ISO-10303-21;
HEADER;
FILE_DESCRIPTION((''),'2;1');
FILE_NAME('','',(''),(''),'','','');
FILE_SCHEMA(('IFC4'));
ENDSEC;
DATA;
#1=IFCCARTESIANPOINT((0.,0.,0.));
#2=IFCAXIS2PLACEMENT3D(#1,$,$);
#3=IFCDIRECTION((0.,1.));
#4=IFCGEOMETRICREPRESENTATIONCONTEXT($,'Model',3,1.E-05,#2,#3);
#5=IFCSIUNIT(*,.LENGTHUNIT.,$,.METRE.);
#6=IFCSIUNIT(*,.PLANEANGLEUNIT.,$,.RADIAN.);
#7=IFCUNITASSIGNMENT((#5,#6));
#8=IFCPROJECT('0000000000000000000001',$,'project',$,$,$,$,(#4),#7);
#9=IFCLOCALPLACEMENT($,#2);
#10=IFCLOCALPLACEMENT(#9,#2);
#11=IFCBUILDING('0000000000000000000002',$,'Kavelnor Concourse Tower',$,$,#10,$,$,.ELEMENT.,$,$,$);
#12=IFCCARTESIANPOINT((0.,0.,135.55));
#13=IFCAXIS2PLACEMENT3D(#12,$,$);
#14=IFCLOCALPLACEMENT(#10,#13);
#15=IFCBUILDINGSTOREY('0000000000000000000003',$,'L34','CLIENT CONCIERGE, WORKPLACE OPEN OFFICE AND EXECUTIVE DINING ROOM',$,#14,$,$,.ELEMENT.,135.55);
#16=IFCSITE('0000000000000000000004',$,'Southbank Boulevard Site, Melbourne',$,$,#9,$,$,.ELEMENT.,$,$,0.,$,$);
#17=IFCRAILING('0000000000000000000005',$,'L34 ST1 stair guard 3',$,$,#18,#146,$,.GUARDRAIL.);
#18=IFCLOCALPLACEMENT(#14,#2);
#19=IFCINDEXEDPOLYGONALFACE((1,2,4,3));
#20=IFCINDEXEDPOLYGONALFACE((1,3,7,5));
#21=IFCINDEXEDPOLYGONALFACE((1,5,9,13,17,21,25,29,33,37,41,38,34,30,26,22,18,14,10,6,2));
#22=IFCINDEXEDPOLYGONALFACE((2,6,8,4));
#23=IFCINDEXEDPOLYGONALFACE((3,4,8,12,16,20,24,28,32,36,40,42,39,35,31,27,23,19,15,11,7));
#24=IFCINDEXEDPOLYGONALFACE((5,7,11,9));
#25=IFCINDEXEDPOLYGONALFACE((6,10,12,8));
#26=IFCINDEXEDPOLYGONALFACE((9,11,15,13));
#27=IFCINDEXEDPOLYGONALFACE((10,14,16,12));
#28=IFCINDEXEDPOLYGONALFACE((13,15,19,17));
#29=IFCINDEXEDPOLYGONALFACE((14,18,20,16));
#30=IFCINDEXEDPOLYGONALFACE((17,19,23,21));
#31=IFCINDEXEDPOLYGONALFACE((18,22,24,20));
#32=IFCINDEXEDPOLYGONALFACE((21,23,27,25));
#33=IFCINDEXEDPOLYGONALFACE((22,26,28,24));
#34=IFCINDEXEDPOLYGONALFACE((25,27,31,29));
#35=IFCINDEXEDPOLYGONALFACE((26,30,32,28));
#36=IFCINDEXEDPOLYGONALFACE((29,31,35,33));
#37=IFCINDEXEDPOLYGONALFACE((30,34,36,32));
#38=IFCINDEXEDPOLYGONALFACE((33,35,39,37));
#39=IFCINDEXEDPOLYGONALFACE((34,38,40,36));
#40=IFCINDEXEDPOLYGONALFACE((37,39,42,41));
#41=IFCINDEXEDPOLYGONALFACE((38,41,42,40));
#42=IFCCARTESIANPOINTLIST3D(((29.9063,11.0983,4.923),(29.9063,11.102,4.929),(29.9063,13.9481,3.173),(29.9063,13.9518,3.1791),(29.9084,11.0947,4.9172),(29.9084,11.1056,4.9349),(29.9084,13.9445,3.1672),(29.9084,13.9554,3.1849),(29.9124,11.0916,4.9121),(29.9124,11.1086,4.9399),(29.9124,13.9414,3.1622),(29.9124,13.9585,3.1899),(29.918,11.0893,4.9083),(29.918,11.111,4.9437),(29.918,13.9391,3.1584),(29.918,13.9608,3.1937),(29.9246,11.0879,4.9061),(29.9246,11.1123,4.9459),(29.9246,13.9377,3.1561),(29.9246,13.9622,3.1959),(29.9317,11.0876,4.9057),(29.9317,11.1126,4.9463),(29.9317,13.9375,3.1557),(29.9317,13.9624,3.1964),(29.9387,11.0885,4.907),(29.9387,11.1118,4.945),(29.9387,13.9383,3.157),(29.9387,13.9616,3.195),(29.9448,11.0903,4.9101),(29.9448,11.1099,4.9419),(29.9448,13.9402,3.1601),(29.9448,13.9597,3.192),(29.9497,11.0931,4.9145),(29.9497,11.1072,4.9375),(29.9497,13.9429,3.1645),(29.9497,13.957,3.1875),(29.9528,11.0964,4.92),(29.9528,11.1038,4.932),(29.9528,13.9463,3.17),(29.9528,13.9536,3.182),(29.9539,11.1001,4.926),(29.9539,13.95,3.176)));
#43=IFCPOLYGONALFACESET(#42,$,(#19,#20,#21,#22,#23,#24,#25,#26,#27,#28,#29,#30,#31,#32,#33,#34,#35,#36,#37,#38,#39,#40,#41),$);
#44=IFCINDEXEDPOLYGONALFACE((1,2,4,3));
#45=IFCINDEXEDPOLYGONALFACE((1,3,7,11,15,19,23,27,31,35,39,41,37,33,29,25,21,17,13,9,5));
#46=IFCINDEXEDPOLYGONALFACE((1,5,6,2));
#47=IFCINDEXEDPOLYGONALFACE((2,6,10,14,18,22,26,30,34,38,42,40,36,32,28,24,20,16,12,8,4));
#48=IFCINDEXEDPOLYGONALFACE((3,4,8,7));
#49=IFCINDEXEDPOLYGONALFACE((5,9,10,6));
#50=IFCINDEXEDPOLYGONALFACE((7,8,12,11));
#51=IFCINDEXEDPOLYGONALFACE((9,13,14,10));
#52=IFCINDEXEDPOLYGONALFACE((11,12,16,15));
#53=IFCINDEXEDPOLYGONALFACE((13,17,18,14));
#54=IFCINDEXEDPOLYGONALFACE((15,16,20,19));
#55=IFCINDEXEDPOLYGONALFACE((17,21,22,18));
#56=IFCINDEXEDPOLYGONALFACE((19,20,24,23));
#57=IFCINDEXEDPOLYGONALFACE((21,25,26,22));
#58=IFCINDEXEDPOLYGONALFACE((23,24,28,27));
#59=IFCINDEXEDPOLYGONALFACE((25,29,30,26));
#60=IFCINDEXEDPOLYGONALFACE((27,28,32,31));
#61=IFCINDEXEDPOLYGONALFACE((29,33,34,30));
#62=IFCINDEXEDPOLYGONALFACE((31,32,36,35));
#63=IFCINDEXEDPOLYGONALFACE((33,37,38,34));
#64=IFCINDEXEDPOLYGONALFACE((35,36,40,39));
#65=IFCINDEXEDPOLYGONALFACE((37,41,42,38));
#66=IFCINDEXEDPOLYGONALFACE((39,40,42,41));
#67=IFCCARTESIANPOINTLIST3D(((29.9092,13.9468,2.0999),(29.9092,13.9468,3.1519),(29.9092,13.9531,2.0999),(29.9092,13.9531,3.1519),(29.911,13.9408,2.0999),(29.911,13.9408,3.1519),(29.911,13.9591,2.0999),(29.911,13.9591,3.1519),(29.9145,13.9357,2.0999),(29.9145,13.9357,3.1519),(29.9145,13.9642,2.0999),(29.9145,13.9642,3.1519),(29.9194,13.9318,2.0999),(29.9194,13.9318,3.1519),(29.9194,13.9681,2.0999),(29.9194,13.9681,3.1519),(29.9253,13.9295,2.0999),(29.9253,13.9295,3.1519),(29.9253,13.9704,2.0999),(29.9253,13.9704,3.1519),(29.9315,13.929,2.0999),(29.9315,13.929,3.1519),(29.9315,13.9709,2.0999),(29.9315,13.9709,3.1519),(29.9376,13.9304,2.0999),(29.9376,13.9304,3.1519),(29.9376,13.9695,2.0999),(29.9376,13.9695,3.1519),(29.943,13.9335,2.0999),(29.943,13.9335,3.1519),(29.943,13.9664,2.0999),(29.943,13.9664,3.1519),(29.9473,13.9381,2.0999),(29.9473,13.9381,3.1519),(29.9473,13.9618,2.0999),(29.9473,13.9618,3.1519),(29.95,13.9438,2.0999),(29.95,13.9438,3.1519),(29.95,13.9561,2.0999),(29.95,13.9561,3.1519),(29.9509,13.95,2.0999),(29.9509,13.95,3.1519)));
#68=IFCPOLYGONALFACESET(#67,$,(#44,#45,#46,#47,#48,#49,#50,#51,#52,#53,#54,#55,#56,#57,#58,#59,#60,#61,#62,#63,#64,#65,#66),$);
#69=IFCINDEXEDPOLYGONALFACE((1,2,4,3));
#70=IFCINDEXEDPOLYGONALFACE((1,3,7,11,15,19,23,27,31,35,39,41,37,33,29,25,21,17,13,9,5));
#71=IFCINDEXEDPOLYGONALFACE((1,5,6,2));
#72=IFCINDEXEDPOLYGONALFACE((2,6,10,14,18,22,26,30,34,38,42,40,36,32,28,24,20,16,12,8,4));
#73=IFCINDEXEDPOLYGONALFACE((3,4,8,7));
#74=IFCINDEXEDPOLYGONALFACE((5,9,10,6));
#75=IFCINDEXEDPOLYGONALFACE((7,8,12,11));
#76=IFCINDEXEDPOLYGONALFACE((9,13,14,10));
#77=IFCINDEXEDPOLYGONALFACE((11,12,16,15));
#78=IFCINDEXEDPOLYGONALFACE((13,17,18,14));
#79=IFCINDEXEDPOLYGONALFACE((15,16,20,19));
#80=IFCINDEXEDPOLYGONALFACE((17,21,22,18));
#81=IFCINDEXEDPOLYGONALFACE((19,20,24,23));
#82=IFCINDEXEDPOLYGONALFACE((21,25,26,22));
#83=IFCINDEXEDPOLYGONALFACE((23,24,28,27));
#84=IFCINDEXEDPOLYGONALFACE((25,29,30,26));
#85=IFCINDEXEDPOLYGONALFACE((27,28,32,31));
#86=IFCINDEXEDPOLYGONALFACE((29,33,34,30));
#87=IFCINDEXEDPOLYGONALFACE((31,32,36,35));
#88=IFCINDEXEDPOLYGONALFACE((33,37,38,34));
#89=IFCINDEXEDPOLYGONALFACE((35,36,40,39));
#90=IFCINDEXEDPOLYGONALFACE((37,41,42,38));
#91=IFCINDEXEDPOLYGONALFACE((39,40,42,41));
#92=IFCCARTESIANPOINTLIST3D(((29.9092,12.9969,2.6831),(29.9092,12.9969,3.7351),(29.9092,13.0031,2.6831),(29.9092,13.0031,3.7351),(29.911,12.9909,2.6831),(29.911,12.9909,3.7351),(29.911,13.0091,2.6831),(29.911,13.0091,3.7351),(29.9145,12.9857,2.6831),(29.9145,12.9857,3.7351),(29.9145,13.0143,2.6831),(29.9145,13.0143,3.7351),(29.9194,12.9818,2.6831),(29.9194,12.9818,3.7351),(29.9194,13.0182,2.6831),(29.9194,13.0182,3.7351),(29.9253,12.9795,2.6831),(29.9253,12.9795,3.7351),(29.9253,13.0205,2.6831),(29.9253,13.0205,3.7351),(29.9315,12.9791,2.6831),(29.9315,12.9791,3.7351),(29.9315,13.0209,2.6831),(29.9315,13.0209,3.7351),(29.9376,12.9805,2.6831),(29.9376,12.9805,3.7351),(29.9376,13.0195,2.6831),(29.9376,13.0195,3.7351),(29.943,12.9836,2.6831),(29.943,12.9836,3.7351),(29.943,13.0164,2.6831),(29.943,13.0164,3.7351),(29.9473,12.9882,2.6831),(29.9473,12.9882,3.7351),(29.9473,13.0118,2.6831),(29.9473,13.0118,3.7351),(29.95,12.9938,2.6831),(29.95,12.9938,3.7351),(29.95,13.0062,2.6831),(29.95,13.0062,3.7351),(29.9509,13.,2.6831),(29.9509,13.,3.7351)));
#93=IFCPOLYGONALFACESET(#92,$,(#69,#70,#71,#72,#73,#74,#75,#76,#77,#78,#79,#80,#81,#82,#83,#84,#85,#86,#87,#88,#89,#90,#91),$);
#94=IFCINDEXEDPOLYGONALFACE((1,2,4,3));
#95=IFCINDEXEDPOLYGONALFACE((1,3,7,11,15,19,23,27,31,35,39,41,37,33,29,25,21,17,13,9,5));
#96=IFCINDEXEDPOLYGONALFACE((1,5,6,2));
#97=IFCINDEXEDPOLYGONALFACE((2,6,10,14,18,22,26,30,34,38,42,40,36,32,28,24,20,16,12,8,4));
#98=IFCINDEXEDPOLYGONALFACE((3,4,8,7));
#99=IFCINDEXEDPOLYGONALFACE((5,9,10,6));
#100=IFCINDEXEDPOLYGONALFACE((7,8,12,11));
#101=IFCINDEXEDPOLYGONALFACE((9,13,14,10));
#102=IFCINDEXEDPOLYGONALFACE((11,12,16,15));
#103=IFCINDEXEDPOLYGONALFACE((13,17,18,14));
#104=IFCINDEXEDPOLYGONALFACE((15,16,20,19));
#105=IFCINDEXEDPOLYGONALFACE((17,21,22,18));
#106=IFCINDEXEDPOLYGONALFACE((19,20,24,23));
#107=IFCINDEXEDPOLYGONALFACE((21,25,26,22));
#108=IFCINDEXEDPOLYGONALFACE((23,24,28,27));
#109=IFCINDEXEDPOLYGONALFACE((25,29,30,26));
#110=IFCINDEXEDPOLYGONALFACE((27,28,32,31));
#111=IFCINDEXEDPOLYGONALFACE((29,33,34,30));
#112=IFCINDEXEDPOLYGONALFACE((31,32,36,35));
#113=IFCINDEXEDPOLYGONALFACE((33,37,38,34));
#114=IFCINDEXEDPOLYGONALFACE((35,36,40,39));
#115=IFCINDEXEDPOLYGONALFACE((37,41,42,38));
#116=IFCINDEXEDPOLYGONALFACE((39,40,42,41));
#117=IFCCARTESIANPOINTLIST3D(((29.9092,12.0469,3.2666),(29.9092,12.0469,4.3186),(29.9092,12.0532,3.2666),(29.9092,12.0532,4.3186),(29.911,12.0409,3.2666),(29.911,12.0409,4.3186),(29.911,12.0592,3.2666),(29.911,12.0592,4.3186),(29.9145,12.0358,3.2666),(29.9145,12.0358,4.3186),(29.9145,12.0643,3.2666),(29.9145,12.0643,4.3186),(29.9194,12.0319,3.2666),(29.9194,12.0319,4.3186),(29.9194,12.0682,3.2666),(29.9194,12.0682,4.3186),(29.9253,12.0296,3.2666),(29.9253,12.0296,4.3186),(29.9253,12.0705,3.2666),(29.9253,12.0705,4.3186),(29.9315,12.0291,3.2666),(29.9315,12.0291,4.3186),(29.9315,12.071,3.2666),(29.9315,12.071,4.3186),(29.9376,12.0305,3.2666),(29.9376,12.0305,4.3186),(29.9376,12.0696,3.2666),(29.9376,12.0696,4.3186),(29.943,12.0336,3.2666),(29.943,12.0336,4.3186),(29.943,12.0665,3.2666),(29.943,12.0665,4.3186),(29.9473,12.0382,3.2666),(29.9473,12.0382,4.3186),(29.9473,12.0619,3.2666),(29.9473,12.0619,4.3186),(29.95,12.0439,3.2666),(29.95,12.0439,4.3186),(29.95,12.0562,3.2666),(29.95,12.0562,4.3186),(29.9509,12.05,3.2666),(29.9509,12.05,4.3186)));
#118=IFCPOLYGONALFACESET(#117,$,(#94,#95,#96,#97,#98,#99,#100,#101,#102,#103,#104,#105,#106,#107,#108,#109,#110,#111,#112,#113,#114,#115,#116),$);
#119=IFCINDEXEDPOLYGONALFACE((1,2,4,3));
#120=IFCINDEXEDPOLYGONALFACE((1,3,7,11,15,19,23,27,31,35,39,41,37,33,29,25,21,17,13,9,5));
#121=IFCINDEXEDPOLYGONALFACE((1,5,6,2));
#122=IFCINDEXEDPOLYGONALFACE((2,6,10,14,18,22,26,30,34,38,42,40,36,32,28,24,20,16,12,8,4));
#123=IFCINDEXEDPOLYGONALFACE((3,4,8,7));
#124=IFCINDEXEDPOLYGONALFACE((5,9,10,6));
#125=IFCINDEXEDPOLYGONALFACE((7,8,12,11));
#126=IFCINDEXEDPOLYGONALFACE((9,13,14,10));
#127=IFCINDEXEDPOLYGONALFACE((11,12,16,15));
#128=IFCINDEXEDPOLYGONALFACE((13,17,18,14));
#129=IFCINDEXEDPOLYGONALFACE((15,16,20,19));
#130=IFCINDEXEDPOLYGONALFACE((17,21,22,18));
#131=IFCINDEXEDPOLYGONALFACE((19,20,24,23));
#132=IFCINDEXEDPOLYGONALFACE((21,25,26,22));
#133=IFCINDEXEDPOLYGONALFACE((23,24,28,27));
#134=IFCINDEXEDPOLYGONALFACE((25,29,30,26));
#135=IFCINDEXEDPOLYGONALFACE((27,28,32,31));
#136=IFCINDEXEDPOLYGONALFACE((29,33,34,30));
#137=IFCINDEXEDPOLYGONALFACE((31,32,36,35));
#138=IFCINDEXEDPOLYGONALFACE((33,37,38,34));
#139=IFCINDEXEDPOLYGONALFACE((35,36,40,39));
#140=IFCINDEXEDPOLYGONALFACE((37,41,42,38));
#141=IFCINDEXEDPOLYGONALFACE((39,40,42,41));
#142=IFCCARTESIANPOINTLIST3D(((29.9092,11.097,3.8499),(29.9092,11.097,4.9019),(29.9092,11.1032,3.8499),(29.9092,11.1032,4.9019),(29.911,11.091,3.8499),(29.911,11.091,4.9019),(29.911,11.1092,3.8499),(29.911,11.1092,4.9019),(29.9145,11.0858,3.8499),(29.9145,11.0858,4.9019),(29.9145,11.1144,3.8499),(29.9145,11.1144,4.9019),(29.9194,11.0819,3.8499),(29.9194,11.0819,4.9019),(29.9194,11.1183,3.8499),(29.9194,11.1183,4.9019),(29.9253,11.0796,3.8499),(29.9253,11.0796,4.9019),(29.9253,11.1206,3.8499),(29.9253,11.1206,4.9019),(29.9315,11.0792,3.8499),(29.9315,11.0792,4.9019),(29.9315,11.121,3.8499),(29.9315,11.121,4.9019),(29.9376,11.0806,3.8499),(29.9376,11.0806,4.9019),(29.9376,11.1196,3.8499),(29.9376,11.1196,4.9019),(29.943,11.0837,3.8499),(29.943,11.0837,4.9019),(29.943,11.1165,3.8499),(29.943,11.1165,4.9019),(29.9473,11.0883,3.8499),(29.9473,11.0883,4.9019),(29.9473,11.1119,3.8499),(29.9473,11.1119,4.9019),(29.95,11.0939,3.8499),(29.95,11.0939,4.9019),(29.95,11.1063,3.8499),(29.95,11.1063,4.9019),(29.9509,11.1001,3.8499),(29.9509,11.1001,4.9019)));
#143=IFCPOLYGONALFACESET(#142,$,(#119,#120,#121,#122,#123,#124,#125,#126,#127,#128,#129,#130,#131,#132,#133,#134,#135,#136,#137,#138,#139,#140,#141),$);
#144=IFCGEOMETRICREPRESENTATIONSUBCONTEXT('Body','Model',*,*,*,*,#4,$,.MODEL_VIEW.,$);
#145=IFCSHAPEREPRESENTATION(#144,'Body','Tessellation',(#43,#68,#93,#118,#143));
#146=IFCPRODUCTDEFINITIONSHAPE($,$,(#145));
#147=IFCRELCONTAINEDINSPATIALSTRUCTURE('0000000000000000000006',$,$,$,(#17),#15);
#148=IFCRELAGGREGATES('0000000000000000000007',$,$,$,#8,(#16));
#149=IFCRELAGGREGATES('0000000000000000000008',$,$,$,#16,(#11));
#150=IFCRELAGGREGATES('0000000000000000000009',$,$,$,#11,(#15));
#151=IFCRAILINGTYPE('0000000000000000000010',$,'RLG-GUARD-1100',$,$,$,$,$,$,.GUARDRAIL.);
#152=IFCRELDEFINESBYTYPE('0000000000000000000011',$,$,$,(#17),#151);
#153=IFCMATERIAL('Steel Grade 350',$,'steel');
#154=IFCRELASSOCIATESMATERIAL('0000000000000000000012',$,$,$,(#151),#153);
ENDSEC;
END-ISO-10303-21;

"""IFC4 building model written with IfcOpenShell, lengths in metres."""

from ifc_helpers import new_model, si_unit, direction, frame, origin, origin_2d, place, context, subcontext, project, spatial, circle, extrude, material, type_object, element, save


model = new_model("IFC4")

# Units and contexts
model_context = context("Model", 3, precision=1e-05, world=origin(), true_north=direction((0.0, 1.0)))
body_context = subcontext(model_context, "Body", "Model", "MODEL_VIEW")
ifc_project = project(units=[si_unit("LENGTHUNIT", "METRE"), si_unit("PLANEANGLEUNIT", "RADIAN")], contexts=[model_context])

# Site, building, storey
site_placement = place(None, origin())
site = spatial("IfcSite", under=ifc_project, at=site_placement, Name="Southbank Boulevard Site, Melbourne", CompositionType="ELEMENT", RefElevation=0.0)
building_placement = place(site_placement, origin())
building = spatial("IfcBuilding", under=site, at=building_placement, Name="Kavelnor Concourse Tower", CompositionType="ELEMENT")
storey_placement = place(building_placement, frame((0.0, 0.0, 135.55)))
storey = spatial("IfcBuildingStorey", under=building, at=storey_placement, Name="L34", Description="CLIENT CONCIERGE, WORKPLACE OPEN OFFICE AND EXECUTIVE DINING ROOM", CompositionType="ELEMENT", Elevation=135.55)

# Shared definitions
ifc_material_1 = material(Name="Steel Grade 350", Category="steel")

# Railing
railing_type_1 = type_object("IfcRailingType", Name="RLG-GUARD-1100", PredefinedType="GUARDRAIL", material=ifc_material_1)
railing_1_placement = place(storey_placement, frame((29.9299, 13.95, 2.0999)))
element("IfcRailing", 1, at=railing_1_placement, inside=storey, type_object=railing_type_1, Name="L34 ST1 stair guard 3", PredefinedType="GUARDRAIL", context=body_context, shape_type="SweptSolid", body=[
    extrude(circle(Radius=0.0239, at=origin_2d()), frame((0.0, 0.0, 1.0762), z_axis=(0.0, -0.852159, 0.523283), x_axis=(1.0, 0.0, 0.0)), (0.0, 0.0, 1.0), 3.3442),
    extrude(circle(Radius=0.021, at=origin_2d()), origin(), (0.0, 0.0, 1.0), 1.052),
    extrude(circle(Radius=0.021, at=origin_2d()), frame((0.0, -0.95, 0.5833)), (0.0, 0.0, 1.0), 1.052),
    extrude(circle(Radius=0.021, at=origin_2d()), frame((0.0, -1.8999, 1.1667)), (0.0, 0.0, 1.0), 1.052),
    extrude(circle(Radius=0.021, at=origin_2d()), frame((0.0, -2.8499, 1.75)), (0.0, 0.0, 1.0), 1.052),
])

save(model, "model.ifc")
